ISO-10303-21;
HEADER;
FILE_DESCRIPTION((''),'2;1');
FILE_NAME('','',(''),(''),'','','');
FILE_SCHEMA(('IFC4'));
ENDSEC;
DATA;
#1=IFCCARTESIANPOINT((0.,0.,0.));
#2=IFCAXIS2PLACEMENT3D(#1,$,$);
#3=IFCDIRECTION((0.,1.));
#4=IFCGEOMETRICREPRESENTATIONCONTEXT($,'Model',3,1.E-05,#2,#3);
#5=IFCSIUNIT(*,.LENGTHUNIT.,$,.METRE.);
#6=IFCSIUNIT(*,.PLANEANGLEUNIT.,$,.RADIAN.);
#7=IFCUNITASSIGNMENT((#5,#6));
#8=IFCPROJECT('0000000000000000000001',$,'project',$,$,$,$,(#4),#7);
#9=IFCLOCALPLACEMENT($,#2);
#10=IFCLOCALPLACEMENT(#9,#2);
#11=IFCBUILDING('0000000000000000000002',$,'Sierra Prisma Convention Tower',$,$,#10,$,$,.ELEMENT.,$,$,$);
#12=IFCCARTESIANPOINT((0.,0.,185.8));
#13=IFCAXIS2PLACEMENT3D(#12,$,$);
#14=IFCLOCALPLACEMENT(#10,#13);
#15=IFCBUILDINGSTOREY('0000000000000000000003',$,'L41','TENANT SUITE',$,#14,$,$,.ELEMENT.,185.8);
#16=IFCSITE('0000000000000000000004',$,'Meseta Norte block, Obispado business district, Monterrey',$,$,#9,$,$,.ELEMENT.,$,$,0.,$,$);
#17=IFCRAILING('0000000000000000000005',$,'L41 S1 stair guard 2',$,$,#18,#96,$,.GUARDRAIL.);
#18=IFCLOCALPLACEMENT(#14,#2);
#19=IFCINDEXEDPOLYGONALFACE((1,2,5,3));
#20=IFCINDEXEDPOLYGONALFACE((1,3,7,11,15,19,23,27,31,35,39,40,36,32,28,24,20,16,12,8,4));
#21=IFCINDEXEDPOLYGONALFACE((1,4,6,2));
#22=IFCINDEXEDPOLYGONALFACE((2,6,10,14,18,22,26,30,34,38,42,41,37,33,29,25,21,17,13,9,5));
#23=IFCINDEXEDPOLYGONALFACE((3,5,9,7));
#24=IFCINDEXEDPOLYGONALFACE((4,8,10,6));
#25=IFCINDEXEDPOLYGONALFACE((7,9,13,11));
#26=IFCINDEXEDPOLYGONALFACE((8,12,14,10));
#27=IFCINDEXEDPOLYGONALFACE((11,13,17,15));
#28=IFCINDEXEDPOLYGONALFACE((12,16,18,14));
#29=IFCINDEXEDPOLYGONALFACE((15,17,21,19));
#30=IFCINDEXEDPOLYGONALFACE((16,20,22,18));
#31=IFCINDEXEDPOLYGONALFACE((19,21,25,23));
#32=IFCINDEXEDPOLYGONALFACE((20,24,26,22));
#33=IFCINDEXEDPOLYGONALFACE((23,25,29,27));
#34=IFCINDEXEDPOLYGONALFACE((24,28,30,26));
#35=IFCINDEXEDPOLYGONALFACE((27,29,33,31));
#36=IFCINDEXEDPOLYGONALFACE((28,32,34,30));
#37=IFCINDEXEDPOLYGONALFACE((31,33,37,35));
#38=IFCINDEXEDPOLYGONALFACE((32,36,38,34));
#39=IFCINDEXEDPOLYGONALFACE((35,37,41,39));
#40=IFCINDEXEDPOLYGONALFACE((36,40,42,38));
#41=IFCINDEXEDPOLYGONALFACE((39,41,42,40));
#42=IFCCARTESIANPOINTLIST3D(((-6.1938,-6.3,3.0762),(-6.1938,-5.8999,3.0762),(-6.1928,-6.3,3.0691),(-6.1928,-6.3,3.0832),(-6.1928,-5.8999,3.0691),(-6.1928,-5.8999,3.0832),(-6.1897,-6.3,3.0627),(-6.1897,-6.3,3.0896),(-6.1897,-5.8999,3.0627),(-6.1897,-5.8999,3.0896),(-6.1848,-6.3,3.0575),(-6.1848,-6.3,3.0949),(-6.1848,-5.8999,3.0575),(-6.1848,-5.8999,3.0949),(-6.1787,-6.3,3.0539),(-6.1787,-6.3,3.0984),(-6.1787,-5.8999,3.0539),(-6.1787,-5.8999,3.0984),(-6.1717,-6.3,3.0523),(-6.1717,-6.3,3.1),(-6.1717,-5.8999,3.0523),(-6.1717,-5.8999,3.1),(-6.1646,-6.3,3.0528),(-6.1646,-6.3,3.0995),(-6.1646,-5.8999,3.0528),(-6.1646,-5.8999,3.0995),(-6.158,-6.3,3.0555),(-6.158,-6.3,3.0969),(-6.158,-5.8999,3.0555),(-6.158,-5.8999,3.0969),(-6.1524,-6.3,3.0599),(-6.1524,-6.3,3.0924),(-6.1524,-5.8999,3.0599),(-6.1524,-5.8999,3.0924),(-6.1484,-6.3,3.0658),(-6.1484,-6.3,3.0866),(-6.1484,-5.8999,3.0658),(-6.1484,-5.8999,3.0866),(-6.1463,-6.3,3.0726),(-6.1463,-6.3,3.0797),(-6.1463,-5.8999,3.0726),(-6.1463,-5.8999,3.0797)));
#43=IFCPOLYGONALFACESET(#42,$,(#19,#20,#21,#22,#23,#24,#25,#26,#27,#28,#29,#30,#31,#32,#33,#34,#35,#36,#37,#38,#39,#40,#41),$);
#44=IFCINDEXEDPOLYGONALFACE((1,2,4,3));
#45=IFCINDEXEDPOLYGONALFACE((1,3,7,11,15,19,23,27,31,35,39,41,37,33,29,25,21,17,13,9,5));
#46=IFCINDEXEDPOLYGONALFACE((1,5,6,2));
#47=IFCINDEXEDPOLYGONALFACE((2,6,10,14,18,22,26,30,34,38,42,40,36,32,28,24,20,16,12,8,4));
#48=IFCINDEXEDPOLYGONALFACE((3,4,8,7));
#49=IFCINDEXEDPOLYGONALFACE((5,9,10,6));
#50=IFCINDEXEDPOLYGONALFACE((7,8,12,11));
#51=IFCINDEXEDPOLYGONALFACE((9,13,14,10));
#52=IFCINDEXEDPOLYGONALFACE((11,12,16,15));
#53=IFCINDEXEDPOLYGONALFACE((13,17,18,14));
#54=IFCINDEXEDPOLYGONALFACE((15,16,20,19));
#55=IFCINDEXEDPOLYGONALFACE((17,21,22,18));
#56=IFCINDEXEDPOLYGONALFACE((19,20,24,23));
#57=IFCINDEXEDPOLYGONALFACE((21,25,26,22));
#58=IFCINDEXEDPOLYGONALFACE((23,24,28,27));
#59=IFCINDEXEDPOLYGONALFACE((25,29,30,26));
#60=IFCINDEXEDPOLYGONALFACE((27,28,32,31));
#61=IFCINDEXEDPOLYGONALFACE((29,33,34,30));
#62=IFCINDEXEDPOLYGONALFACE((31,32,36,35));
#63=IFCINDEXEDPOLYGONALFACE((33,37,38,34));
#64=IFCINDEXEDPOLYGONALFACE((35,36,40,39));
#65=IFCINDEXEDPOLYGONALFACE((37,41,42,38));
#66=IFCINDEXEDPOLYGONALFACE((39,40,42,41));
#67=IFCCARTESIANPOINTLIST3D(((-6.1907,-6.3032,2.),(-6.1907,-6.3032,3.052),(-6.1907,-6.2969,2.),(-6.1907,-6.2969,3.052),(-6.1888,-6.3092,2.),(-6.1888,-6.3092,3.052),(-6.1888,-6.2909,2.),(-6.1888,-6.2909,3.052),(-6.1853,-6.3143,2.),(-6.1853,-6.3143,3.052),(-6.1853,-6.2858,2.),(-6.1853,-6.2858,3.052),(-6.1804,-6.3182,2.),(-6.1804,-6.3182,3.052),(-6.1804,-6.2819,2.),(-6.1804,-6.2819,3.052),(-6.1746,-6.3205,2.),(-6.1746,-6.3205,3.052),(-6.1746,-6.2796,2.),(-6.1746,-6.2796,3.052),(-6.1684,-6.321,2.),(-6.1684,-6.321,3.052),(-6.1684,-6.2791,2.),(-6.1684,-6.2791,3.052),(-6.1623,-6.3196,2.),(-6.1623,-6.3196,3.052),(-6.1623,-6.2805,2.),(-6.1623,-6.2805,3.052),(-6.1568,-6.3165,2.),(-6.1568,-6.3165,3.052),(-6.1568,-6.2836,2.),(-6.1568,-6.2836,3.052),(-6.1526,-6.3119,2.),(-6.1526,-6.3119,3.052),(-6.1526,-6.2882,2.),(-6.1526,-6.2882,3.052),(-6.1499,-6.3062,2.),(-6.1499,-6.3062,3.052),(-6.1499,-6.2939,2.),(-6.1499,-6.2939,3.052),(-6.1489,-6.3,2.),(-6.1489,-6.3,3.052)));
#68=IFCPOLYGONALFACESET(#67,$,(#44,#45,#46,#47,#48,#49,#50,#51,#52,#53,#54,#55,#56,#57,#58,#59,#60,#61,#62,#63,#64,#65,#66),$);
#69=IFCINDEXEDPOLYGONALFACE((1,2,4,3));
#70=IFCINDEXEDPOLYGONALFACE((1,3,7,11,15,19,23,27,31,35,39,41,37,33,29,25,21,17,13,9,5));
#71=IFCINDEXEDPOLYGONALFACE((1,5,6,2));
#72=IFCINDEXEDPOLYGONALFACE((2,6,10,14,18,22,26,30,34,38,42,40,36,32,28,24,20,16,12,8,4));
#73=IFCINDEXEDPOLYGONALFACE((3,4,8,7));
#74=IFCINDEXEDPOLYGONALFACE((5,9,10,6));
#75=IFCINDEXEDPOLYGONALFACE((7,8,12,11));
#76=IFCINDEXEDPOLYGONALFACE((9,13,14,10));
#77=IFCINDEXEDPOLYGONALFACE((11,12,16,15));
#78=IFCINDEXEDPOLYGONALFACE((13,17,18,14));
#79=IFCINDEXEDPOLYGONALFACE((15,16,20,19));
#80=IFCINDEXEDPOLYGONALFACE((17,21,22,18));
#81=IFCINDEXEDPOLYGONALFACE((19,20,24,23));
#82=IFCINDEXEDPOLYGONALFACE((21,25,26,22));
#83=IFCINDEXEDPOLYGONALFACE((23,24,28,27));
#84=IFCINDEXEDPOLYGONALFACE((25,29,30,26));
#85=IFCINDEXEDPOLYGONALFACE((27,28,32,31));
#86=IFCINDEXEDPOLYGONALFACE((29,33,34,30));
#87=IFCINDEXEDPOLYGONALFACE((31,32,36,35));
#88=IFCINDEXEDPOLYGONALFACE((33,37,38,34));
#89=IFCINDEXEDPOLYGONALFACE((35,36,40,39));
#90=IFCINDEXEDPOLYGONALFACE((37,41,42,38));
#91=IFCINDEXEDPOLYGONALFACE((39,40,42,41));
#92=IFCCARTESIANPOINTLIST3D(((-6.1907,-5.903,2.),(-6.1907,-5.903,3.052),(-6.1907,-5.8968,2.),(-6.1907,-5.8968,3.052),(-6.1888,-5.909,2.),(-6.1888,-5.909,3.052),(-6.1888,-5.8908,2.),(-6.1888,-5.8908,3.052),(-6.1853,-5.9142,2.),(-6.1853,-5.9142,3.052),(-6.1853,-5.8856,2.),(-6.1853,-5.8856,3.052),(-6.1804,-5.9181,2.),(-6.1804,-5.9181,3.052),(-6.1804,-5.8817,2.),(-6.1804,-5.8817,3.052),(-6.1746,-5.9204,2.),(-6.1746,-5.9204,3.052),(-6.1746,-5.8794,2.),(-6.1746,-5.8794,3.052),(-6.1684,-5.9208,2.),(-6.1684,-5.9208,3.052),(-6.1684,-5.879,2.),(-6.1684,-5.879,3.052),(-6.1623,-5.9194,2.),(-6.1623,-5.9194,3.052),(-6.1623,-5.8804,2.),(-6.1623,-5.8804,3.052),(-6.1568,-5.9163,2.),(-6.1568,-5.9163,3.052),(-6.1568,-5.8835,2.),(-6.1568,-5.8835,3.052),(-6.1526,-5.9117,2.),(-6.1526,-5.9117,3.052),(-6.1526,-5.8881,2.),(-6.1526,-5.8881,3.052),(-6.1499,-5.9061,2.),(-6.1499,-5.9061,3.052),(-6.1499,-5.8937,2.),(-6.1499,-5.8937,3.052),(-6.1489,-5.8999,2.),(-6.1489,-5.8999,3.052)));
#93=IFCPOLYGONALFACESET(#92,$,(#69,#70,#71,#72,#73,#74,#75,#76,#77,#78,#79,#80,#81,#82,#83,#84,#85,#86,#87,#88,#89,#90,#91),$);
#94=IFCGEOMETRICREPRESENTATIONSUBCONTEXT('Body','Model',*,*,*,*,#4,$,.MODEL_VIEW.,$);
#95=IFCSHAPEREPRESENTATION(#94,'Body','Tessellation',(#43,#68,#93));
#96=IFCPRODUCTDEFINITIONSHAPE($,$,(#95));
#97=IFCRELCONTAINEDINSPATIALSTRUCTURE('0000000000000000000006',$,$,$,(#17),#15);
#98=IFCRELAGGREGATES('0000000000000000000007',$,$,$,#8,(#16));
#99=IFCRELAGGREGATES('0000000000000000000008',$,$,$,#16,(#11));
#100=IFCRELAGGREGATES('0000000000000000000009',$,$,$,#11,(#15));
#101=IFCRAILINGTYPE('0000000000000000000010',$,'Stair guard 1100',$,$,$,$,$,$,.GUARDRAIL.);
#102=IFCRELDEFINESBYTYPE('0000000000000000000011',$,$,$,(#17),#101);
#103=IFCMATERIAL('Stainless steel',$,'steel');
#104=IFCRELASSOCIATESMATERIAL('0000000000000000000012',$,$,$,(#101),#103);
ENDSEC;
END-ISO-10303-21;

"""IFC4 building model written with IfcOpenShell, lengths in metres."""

from ifc_helpers import new_model, si_unit, direction, frame, origin, origin_2d, place, context, subcontext, project, spatial, circle, extrude, material, type_object, element, save


model = new_model("IFC4")

# Units and contexts
model_context = context("Model", 3, precision=1e-05, world=origin(), true_north=direction((0.0, 1.0)))
body_context = subcontext(model_context, "Body", "Model", "MODEL_VIEW")
ifc_project = project(units=[si_unit("LENGTHUNIT", "METRE"), si_unit("PLANEANGLEUNIT", "RADIAN")], contexts=[model_context])

# Site, building, storey
site_placement = place(None, origin())
site = spatial("IfcSite", under=ifc_project, at=site_placement, Name="Meseta Norte block, Obispado business district, Monterrey", CompositionType="ELEMENT", RefElevation=0.0)
building_placement = place(site_placement, origin())
building = spatial("IfcBuilding", under=site, at=building_placement, Name="Sierra Prisma Convention Tower", CompositionType="ELEMENT")
storey_placement = place(building_placement, frame((0.0, 0.0, 185.8)))
storey = spatial("IfcBuildingStorey", under=building, at=storey_placement, Name="L41", Description="TENANT SUITE", CompositionType="ELEMENT", Elevation=185.8)

# Railing
ifc_material_1 = material(Name="Stainless steel", Category="steel")
railing_type_1 = type_object("IfcRailingType", Name="Stair guard 1100", PredefinedType="GUARDRAIL", material=ifc_material_1)
railing_1_placement = place(storey_placement, frame((-6.1699, -6.3, 2.0)))
element("IfcRailing", 1, at=railing_1_placement, inside=storey, type_object=railing_type_1, Name="L41 S1 stair guard 2", PredefinedType="GUARDRAIL", context=body_context, shape_type="SweptSolid", body=[
    extrude(circle(Radius=0.0239, at=origin_2d()), frame((0.0, 0.0, 1.0762), z_axis=(0.0, 1.0, 0.0), x_axis=(-1.0, 0.0, 0.0)), (0.0, 0.0, 1.0), 0.4001),
    extrude(circle(Radius=0.021, at=origin_2d()), origin(), (0.0, 0.0, 1.0), 1.052),
    extrude(circle(Radius=0.021, at=origin_2d()), frame((0.0, 0.4001, 0.0)), (0.0, 0.0, 1.0), 1.052),
])

save(model, "model.ifc")
